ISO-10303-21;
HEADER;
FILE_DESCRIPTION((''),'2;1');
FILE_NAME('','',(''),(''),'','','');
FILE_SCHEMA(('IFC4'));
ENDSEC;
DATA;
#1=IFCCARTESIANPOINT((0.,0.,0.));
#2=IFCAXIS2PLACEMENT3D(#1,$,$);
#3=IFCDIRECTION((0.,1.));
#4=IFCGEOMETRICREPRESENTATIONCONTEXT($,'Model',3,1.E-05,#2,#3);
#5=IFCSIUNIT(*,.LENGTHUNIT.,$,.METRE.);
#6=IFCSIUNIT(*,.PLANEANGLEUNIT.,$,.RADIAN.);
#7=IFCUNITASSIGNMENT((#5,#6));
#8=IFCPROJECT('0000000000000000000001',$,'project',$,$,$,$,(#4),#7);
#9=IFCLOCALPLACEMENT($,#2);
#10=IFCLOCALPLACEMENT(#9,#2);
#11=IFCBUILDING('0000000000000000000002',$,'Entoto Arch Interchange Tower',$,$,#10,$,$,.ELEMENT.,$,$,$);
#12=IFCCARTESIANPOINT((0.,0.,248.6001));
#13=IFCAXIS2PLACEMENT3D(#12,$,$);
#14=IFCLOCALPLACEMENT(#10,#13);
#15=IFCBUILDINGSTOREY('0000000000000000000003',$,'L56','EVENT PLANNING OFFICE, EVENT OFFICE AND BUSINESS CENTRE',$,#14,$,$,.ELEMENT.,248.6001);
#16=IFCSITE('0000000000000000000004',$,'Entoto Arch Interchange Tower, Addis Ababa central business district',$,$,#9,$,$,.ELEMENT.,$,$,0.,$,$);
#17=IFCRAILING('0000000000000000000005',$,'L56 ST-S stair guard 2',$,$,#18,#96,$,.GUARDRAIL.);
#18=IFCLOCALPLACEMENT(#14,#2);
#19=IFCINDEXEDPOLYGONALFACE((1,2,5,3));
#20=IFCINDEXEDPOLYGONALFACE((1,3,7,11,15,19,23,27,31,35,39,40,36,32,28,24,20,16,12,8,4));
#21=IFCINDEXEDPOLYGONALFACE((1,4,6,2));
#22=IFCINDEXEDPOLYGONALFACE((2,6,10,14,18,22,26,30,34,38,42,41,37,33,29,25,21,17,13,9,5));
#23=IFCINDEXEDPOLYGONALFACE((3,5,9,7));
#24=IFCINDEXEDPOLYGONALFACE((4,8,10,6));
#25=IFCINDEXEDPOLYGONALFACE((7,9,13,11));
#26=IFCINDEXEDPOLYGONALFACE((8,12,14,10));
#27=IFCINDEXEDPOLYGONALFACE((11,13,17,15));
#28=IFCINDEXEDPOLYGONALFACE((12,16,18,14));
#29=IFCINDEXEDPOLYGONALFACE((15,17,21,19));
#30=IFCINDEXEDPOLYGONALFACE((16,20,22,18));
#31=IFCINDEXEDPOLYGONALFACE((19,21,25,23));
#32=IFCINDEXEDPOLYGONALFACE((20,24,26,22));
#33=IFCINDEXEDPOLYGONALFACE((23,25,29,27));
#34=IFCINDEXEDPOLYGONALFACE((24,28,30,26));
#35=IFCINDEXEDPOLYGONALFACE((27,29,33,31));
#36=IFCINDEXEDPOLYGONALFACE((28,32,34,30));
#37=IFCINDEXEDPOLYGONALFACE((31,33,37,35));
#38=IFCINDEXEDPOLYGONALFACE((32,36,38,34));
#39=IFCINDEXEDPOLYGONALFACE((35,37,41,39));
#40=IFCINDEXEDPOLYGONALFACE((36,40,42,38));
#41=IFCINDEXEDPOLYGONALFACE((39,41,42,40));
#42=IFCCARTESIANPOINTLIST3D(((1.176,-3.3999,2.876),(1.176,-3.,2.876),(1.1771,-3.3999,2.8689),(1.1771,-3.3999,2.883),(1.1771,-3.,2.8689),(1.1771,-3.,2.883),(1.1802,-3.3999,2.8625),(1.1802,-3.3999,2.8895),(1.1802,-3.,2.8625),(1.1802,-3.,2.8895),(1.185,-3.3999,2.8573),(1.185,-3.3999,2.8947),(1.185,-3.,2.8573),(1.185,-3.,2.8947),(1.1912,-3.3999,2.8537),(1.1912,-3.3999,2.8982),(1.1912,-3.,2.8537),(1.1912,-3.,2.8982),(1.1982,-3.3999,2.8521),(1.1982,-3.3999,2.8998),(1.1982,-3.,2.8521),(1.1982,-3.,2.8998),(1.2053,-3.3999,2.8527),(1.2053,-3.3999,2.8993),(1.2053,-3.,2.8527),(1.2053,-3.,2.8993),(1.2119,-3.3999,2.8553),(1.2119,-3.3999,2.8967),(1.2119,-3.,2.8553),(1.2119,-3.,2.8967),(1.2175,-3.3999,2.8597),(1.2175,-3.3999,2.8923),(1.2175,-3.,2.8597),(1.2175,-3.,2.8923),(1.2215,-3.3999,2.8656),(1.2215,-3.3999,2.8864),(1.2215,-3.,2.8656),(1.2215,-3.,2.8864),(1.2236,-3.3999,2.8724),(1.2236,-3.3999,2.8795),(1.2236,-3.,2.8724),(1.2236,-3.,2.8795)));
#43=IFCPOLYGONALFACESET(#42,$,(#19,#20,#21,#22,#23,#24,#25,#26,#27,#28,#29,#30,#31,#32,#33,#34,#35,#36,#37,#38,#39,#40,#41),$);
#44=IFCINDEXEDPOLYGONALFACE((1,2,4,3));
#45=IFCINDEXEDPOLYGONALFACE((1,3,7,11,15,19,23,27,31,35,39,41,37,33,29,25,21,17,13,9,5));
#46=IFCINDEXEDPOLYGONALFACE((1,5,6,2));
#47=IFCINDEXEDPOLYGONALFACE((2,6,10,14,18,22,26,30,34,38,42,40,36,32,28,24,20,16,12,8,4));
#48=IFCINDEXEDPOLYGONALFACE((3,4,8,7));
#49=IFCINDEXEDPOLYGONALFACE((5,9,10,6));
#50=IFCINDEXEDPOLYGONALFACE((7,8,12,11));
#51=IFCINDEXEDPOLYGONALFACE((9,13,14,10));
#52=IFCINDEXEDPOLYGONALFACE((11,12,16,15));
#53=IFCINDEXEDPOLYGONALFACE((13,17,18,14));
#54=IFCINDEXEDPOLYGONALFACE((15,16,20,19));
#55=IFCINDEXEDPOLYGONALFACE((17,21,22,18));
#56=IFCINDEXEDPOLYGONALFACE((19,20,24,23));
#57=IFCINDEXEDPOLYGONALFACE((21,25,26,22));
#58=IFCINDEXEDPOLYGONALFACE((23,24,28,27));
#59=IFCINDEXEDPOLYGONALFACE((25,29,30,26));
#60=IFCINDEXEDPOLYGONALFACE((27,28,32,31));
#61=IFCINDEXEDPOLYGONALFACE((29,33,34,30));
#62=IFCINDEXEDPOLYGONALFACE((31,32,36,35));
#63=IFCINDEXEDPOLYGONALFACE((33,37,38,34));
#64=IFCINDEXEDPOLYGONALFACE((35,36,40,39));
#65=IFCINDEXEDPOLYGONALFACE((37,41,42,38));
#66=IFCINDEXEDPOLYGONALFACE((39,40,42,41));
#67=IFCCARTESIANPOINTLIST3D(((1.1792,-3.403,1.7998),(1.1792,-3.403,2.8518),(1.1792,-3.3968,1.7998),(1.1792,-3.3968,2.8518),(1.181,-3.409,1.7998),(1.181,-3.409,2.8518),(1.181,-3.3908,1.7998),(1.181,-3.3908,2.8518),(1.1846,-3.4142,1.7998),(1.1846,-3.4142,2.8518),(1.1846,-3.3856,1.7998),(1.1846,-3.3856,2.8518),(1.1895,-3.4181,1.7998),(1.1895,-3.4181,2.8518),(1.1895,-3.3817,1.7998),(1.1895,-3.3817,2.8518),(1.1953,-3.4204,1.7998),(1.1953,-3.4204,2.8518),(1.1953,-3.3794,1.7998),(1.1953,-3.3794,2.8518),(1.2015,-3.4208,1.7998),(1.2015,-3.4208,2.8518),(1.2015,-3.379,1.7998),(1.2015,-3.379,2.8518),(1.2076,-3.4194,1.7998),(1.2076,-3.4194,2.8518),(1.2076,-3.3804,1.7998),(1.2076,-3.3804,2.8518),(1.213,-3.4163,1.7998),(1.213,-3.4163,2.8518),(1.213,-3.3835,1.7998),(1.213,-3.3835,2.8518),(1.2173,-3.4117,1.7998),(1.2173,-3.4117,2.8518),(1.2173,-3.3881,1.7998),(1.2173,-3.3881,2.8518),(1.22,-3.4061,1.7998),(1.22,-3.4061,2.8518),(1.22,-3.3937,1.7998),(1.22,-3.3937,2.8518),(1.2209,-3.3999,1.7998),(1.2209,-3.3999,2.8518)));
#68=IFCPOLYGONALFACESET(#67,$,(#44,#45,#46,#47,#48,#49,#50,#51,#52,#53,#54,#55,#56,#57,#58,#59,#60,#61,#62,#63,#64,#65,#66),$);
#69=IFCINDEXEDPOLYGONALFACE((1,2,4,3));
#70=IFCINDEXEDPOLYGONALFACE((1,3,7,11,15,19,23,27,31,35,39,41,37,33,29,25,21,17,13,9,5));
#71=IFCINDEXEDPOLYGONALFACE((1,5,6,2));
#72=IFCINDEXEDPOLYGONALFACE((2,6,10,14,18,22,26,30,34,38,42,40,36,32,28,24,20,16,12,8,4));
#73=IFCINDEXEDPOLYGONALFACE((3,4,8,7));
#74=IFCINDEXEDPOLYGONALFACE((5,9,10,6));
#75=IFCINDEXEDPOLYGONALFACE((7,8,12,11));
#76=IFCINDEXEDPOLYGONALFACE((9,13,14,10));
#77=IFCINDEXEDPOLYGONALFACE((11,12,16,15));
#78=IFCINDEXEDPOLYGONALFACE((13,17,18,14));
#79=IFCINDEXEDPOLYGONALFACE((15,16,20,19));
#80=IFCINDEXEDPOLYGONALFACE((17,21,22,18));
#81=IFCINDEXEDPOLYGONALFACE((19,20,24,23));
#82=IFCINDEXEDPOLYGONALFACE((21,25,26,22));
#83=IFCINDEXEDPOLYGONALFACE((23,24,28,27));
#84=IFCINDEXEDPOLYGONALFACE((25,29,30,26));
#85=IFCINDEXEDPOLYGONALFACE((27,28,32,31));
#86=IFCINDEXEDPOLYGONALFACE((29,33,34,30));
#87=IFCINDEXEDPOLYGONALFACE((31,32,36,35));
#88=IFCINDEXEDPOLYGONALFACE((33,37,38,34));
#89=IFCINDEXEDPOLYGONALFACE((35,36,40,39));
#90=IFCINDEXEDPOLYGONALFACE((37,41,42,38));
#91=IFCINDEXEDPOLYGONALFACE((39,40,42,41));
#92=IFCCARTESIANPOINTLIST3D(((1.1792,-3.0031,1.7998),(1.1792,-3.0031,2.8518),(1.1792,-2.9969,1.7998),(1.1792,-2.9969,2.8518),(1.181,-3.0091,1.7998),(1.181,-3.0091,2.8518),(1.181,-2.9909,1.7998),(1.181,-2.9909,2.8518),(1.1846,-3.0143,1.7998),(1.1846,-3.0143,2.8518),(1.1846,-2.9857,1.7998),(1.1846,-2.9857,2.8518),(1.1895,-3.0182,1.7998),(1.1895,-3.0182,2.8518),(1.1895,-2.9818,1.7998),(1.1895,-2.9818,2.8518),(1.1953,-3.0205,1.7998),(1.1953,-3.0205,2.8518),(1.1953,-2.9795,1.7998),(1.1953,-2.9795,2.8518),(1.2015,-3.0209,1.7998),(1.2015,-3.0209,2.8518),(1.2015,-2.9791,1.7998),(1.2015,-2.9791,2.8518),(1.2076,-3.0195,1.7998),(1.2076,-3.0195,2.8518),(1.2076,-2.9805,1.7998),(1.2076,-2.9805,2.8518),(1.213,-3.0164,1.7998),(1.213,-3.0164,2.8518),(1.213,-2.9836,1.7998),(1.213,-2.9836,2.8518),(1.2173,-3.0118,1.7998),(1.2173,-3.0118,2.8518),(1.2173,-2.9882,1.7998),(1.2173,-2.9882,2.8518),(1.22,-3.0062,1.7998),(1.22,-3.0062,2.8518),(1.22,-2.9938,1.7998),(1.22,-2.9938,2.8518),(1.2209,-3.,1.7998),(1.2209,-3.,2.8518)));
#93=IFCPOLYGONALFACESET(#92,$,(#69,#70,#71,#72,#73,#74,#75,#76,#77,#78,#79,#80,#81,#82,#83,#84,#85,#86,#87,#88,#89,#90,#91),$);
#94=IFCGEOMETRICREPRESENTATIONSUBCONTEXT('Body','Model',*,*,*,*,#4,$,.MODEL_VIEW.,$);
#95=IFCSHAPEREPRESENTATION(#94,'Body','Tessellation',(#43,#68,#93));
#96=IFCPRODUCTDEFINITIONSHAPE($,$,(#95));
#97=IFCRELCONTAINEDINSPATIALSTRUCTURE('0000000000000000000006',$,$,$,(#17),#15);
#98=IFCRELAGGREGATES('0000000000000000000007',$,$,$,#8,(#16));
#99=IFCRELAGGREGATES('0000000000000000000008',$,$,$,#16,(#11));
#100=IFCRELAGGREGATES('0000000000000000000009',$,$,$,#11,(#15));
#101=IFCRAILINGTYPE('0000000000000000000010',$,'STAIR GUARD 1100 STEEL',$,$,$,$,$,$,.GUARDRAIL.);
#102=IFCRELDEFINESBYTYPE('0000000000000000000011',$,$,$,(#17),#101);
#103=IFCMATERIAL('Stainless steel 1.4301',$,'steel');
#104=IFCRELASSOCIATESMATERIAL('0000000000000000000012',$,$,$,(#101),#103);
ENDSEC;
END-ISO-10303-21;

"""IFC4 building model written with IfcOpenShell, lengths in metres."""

from ifc_helpers import new_model, si_unit, direction, frame, origin, origin_2d, place, context, subcontext, project, spatial, circle, extrude, material, type_object, element, save


model = new_model("IFC4")

# Units and contexts
model_context = context("Model", 3, precision=1e-05, world=origin(), true_north=direction((0.0, 1.0)))
body_context = subcontext(model_context, "Body", "Model", "MODEL_VIEW")
ifc_project = project(units=[si_unit("LENGTHUNIT", "METRE"), si_unit("PLANEANGLEUNIT", "RADIAN")], contexts=[model_context])

# Site, building, storey
site_placement = place(None, origin())
site = spatial("IfcSite", under=ifc_project, at=site_placement, Name="Entoto Arch Interchange Tower, Addis Ababa central business district", CompositionType="ELEMENT", RefElevation=0.0)
building_placement = place(site_placement, origin())
building = spatial("IfcBuilding", under=site, at=building_placement, Name="Entoto Arch Interchange Tower", CompositionType="ELEMENT")
storey_placement = place(building_placement, frame((0.0, 0.0, 248.6001)))
storey = spatial("IfcBuildingStorey", under=building, at=storey_placement, Name="L56", Description="EVENT PLANNING OFFICE, EVENT OFFICE AND BUSINESS CENTRE", CompositionType="ELEMENT", Elevation=248.6001)

# Railing
ifc_material_1 = material(Name="Stainless steel 1.4301", Category="steel")
railing_type_1 = type_object("IfcRailingType", Name="STAIR GUARD 1100 STEEL", PredefinedType="GUARDRAIL", material=ifc_material_1)
railing_1_placement = place(storey_placement, frame((1.2, -3.3999, 1.7998)))
element("IfcRailing", 1, at=railing_1_placement, inside=storey, type_object=railing_type_1, Name="L56 ST-S stair guard 2", PredefinedType="GUARDRAIL", context=body_context, shape_type="SweptSolid", body=[
    extrude(circle(Radius=0.0239, at=origin_2d()), frame((0.0, 0.0, 1.0762), z_axis=(0.0, 1.0, 0.0), x_axis=(-1.0, 0.0, 0.0)), (0.0, 0.0, 1.0), 0.3999),
    extrude(circle(Radius=0.021, at=origin_2d()), origin(), (0.0, 0.0, 1.0), 1.052),
    extrude(circle(Radius=0.021, at=origin_2d()), frame((0.0, 0.3999, 0.0)), (0.0, 0.0, 1.0), 1.052),
])

save(model, "model.ifc")
